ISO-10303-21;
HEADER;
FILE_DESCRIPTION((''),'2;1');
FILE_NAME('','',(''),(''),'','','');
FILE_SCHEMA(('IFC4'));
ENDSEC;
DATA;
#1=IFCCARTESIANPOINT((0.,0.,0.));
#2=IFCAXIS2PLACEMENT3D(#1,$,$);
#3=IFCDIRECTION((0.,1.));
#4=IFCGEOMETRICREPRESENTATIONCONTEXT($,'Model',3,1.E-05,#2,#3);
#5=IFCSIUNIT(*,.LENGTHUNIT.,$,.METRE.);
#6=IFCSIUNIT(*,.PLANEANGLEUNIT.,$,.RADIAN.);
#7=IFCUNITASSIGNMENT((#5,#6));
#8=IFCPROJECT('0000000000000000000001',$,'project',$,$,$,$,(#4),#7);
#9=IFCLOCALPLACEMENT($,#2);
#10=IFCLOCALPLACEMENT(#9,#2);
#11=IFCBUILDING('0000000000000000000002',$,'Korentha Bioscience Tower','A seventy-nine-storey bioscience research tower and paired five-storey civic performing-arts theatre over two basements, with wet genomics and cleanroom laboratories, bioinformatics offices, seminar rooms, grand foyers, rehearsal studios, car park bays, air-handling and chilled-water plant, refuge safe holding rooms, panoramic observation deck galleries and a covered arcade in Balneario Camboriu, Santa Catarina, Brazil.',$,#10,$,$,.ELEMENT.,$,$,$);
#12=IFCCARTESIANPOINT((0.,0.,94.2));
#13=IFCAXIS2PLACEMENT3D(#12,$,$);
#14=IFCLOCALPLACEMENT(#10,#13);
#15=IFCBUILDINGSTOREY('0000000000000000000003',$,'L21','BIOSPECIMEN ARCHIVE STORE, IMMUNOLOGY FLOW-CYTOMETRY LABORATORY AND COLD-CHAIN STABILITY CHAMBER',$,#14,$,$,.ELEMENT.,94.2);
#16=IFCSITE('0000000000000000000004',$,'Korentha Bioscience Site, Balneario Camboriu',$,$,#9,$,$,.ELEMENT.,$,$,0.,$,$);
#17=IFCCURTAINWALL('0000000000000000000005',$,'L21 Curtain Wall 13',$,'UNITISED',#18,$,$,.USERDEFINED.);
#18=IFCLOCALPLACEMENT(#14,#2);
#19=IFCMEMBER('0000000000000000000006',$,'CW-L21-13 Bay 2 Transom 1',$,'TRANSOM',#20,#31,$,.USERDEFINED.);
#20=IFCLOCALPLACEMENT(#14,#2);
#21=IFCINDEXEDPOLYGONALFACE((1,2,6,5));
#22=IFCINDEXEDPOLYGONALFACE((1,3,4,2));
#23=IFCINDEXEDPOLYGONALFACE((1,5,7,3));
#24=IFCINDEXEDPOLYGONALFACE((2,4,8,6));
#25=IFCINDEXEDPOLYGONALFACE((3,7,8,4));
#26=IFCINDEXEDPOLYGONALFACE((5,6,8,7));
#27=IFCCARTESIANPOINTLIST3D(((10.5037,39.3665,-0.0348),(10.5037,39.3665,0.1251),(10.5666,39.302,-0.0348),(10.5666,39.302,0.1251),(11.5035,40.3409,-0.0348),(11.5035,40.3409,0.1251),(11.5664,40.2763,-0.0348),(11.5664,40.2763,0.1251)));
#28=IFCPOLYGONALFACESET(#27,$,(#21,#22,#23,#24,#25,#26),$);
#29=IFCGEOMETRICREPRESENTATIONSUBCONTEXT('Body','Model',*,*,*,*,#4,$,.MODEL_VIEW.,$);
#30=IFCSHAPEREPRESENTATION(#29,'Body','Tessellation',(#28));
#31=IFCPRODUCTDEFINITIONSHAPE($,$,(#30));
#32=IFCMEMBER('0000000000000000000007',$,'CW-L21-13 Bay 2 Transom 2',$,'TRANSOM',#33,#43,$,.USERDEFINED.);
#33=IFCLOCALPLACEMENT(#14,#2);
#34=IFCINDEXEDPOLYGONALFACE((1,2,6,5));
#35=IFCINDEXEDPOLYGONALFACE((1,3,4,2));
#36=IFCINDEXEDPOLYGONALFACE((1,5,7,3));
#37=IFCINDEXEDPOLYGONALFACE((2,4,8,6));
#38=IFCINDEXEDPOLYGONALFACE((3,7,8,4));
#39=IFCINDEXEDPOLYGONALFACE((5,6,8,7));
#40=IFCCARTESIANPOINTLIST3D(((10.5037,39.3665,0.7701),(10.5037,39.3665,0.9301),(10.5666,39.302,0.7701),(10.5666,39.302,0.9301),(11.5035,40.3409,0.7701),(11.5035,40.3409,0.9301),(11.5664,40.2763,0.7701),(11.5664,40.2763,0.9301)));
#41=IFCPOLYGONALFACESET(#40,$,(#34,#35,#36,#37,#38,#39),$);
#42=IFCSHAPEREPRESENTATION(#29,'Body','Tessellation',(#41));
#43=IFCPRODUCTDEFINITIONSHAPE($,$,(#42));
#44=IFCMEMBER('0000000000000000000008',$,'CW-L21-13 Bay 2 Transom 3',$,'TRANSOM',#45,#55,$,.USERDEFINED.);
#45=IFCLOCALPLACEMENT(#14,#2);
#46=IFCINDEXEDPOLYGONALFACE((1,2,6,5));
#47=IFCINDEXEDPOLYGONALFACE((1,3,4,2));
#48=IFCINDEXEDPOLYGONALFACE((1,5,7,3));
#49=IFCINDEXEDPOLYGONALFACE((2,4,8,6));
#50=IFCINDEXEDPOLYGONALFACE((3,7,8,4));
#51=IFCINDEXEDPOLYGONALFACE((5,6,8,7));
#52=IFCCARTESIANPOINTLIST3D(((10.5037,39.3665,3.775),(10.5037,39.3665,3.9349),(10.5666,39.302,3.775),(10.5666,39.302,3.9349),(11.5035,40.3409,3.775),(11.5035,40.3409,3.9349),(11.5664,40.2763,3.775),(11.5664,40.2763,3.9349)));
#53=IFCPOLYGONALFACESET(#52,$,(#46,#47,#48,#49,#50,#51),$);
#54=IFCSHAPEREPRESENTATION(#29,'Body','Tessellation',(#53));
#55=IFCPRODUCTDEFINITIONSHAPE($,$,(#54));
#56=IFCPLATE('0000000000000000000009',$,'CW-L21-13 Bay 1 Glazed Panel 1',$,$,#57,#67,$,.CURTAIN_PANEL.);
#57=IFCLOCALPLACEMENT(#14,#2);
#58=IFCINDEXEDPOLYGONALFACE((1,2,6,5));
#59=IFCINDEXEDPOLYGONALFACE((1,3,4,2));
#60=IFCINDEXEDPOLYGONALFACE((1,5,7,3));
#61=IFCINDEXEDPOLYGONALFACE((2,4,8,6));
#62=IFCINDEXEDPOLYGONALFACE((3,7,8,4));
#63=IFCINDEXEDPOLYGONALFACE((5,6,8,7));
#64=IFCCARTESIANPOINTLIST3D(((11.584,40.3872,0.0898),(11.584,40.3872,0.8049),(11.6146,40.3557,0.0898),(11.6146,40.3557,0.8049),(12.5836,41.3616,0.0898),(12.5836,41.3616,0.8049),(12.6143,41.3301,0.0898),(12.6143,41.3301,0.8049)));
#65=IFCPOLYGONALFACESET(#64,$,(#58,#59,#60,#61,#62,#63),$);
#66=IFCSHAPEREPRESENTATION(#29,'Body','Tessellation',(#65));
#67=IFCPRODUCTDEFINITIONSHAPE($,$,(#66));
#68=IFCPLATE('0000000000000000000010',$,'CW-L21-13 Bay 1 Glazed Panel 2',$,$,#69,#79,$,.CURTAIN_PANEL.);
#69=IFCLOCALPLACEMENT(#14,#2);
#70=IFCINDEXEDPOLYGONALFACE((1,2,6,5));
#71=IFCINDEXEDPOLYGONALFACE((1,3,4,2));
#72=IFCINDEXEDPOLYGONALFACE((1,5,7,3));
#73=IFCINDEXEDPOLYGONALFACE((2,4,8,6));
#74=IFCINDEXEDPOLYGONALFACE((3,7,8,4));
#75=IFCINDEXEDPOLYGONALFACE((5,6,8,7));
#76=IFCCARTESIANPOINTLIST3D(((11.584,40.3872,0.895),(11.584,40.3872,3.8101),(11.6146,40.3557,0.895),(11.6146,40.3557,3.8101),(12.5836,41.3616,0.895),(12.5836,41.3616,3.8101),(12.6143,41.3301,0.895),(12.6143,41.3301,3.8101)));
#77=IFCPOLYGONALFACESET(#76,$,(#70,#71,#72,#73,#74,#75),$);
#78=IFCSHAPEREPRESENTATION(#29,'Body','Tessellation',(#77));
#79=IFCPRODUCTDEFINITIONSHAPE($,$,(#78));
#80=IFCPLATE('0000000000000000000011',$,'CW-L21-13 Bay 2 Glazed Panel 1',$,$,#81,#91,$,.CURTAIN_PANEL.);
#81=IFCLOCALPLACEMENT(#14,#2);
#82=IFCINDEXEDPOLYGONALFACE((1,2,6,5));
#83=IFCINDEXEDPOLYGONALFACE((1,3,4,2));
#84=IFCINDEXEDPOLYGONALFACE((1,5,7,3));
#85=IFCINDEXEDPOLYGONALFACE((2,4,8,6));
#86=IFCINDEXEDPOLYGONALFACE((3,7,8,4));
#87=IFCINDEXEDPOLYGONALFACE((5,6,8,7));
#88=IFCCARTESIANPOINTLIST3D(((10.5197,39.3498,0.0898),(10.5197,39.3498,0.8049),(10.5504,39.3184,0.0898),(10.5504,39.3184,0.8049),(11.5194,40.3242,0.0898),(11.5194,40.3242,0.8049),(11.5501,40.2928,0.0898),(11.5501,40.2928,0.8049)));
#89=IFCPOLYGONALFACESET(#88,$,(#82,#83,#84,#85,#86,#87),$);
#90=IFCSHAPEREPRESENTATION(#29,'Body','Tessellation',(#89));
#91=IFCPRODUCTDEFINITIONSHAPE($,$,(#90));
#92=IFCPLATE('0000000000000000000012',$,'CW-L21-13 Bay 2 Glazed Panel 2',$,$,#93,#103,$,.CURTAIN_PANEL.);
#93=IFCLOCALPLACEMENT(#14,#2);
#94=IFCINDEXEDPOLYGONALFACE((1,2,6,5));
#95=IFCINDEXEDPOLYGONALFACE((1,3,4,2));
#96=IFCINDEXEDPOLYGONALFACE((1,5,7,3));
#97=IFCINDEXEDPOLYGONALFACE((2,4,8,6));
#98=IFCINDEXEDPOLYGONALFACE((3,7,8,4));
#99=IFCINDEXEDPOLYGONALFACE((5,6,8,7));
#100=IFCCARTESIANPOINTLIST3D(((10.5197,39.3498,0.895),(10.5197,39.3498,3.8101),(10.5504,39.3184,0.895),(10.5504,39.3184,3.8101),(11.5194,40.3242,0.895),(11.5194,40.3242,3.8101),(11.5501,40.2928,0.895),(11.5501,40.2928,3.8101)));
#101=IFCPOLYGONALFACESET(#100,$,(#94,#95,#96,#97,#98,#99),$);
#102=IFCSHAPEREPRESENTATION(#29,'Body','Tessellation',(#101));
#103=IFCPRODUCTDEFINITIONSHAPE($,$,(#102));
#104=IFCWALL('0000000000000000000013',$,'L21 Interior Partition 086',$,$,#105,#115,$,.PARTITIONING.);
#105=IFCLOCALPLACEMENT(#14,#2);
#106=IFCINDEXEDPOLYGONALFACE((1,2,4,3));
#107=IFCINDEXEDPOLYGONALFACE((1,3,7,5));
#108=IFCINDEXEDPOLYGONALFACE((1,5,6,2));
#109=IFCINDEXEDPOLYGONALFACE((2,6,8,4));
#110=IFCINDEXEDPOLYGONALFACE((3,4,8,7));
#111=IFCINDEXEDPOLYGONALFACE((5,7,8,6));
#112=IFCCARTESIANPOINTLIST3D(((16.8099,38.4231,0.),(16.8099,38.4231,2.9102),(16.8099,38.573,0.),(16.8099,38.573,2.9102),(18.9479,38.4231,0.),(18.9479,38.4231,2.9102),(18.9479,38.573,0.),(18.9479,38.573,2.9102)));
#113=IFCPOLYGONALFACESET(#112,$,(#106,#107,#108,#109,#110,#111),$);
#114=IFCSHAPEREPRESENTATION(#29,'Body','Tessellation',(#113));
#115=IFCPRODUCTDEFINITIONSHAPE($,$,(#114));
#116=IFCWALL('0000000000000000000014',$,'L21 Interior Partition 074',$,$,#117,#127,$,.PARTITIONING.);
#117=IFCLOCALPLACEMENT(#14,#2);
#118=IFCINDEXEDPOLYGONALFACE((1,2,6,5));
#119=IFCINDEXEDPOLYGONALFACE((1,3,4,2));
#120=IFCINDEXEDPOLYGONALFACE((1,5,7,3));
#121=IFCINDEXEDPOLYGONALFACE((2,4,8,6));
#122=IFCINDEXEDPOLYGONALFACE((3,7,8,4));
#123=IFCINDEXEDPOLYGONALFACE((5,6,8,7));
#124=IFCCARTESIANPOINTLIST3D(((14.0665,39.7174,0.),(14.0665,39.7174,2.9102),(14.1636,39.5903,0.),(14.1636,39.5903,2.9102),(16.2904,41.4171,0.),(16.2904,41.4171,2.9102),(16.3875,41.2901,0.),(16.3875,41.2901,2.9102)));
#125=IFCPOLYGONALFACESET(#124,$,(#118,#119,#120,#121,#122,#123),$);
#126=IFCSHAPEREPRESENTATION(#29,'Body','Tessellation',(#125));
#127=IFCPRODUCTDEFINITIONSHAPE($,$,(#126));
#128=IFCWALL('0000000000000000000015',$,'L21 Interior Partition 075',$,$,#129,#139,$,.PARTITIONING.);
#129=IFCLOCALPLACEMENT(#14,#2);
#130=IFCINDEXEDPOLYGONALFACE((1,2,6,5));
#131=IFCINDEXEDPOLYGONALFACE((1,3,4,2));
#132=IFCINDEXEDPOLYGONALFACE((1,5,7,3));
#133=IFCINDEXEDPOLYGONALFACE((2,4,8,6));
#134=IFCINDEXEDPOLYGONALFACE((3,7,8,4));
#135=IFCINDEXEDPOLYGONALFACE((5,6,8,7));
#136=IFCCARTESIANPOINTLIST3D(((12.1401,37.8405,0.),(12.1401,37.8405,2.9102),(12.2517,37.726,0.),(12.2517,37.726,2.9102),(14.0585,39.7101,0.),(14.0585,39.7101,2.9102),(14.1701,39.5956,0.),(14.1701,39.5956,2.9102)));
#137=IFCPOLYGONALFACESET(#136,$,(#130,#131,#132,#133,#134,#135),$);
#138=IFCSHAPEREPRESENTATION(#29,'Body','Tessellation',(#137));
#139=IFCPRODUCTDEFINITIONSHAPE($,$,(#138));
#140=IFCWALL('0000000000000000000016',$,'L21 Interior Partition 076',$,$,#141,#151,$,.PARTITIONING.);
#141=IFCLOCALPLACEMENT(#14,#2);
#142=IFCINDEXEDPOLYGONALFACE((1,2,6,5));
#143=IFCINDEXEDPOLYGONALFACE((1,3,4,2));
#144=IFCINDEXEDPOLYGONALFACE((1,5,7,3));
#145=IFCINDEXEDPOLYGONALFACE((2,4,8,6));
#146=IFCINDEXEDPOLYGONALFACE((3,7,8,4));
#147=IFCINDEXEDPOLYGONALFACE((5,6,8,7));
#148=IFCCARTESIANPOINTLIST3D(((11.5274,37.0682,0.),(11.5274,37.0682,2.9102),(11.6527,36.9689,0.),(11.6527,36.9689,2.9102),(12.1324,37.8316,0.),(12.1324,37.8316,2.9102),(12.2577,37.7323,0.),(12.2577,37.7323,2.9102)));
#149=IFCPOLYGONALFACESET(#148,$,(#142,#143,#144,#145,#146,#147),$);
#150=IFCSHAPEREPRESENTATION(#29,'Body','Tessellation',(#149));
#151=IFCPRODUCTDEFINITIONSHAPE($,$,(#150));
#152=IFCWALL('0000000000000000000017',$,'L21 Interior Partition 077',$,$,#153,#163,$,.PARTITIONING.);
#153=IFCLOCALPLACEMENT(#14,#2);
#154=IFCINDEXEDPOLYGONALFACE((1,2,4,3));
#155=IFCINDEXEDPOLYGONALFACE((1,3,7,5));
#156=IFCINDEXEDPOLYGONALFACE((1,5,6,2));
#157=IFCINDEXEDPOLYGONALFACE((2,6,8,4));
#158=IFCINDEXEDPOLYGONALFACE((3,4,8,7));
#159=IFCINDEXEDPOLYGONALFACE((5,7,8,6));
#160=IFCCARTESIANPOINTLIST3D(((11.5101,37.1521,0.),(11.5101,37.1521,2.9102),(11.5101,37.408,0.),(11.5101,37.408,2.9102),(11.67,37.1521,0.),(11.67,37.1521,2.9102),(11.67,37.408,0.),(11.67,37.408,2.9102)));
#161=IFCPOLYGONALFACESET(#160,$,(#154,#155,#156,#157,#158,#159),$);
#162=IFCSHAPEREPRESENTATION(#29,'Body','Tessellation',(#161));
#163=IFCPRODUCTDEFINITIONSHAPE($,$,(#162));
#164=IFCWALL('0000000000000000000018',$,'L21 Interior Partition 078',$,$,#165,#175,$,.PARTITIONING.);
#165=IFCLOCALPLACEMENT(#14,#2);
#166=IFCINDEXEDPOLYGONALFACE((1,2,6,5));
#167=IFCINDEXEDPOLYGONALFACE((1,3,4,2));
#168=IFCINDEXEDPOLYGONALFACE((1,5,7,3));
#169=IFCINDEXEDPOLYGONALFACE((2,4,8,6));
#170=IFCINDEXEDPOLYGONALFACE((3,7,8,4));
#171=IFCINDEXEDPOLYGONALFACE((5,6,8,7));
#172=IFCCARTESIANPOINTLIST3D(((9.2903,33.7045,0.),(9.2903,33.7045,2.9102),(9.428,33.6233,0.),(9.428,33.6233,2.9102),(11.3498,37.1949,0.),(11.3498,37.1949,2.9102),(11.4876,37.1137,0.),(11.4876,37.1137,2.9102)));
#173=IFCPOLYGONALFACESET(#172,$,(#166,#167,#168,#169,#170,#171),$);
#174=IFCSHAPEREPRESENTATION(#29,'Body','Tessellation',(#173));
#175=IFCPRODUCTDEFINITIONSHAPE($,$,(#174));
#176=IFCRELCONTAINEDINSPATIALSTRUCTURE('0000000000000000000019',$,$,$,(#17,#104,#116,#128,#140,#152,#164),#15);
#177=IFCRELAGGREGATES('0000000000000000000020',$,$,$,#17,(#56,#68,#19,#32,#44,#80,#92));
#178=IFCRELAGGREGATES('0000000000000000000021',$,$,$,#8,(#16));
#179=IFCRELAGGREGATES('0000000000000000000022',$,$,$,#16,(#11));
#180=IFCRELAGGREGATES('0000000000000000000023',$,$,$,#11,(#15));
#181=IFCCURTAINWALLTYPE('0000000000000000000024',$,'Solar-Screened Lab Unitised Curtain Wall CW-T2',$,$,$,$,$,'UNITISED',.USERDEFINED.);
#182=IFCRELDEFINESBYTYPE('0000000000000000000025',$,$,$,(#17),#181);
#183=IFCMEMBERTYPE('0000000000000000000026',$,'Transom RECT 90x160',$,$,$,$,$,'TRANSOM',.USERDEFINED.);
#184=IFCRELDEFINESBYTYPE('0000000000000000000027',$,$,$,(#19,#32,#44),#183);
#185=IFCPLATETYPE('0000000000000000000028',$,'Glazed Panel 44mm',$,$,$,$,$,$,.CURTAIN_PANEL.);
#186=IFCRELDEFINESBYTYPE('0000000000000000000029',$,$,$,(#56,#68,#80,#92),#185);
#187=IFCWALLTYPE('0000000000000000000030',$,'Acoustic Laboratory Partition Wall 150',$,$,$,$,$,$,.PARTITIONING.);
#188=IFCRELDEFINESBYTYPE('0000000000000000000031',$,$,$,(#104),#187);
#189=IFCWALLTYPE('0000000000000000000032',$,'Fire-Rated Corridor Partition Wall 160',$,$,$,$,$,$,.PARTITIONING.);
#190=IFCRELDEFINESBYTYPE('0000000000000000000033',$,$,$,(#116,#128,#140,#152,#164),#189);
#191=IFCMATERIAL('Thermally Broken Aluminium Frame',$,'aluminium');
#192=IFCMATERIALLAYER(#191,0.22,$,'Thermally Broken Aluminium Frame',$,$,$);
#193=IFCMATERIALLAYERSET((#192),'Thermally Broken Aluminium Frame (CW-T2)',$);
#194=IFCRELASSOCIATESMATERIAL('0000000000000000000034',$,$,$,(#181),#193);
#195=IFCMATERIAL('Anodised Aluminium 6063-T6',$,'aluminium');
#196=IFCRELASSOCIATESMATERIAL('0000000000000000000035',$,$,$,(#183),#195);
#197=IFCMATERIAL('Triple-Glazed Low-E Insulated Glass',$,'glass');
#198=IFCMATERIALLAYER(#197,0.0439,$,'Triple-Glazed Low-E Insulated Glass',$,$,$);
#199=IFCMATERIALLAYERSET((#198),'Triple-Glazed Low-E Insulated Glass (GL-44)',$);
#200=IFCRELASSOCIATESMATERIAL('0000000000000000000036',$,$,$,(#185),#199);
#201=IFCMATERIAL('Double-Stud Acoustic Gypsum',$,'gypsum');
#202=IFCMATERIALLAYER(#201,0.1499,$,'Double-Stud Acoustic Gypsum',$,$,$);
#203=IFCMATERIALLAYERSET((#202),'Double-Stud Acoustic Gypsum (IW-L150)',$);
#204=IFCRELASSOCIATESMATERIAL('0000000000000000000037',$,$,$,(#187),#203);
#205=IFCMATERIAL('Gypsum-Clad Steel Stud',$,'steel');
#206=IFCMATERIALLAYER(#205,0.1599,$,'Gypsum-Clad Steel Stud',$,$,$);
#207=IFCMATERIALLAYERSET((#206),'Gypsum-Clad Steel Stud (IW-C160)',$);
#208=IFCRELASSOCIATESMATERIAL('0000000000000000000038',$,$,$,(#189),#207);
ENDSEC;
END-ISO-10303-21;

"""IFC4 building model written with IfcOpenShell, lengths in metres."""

from ifc_helpers import new_model, si_unit, direction, frame, frame_2d, origin, origin_2d, place, context, subcontext, project, spatial, rectangle, extrude, material, layer, layer_set, material_profile, profile_set, type_object, element, aggregate, save


model = new_model("IFC4")

# Units and contexts
model_context = context("Model", 3, precision=1e-05, world=origin(), true_north=direction((0.0, 1.0)))
body_context = subcontext(model_context, "Body", "Model", "MODEL_VIEW")
ifc_project = project(units=[si_unit("LENGTHUNIT", "METRE"), si_unit("PLANEANGLEUNIT", "RADIAN")], contexts=[model_context])

# Site, building, storey
site_placement = place(None, origin())
site = spatial("IfcSite", under=ifc_project, at=site_placement, Name="Korentha Bioscience Site, Balneario Camboriu", CompositionType="ELEMENT", RefElevation=0.0)
building_placement = place(site_placement, origin())
building = spatial("IfcBuilding", under=site, at=building_placement, Name="Korentha Bioscience Tower", Description="A seventy-nine-storey bioscience research tower and paired five-storey civic performing-arts theatre over two basements, with wet genomics and cleanroom laboratories, bioinformatics offices, seminar rooms, grand foyers, rehearsal studios, car park bays, air-handling and chilled-water plant, refuge safe holding rooms, panoramic observation deck galleries and a covered arcade in Balneario Camboriu, Santa Catarina, Brazil.", CompositionType="ELEMENT")
storey_placement = place(building_placement, frame((0.0, 0.0, 94.2)))
storey = spatial("IfcBuildingStorey", under=building, at=storey_placement, Name="L21", Description="BIOSPECIMEN ARCHIVE STORE, IMMUNOLOGY FLOW-CYTOMETRY LABORATORY AND COLD-CHAIN STABILITY CHAMBER", CompositionType="ELEMENT", Elevation=94.2)

# Curtain wall
ifc_material_1 = material(Name="Thermally Broken Aluminium Frame", Category="aluminium")
ifc_layer_1 = layer(ifc_material_1, 0.22, Name="Thermally Broken Aluminium Frame")
ifc_layer_set_1 = layer_set([ifc_layer_1], Name="Thermally Broken Aluminium Frame (CW-T2)")
curtain_wall_type = type_object("IfcCurtainWallType", Name="Solar-Screened Lab Unitised Curtain Wall CW-T2", ElementType="UNITISED", PredefinedType="USERDEFINED", material=ifc_layer_set_1)
curtain_wall_placement = place(storey_placement, origin())
curtain_wall = element("IfcCurtainWall", 1, at=curtain_wall_placement, inside=storey, type_object=curtain_wall_type, Name="L21 Curtain Wall 13", ObjectType="UNITISED", PredefinedType="USERDEFINED")
ifc_material_2 = material(Name="Anodised Aluminium 6063-T6", Category="aluminium")

# Members
ifc_material_profile_1 = material_profile(ifc_material_2, rectangle(XDim=0.0901, YDim=0.1599, at=origin_2d()), Name="Anodised Aluminium 6063-T6")
ifc_profile_set_1 = profile_set([ifc_material_profile_1], Name="Anodised Aluminium 6063-T6 (CW-TRN)")
member_type_1 = type_object("IfcMemberType", Name="Transom RECT 90x160", ElementType="TRANSOM", PredefinedType="USERDEFINED", material=ifc_profile_set_1)
member_1_placement = place(storey_placement, frame((11.5349, 40.3086, 0.0452), z_axis=(-0.716142, -0.697954, 0.0), x_axis=(0.697954, -0.716142, 0.0)))
member_1 = element("IfcMember", 2, at=member_1_placement, type_object=member_type_1, Name="CW-L21-13 Bay 2 Transom 1", ObjectType="TRANSOM", PredefinedType="USERDEFINED", context=body_context, shape_type="SweptSolid", body=[
    extrude(rectangle(XDim=0.0901, YDim=0.1599, at=origin_2d()), origin(), (0.0, 0.0, 1.0), 1.396),
])
member_2_placement = place(storey_placement, frame((11.5349, 40.3086, 0.8501), z_axis=(-0.716142, -0.697954, 0.0), x_axis=(0.697954, -0.716142, 0.0)))
member_2 = element("IfcMember", 3, at=member_2_placement, type_object=member_type_1, Name="CW-L21-13 Bay 2 Transom 2", ObjectType="TRANSOM", PredefinedType="USERDEFINED", context=body_context, shape_type="SweptSolid", body=[
    extrude(rectangle(XDim=0.0901, YDim=0.1599, at=origin_2d()), origin(), (0.0, 0.0, 1.0), 1.396),
])
member_3_placement = place(storey_placement, frame((11.5349, 40.3086, 3.855), z_axis=(-0.716142, -0.697954, 0.0), x_axis=(0.697954, -0.716142, 0.0)))
member_3 = element("IfcMember", 4, at=member_3_placement, type_object=member_type_1, Name="CW-L21-13 Bay 2 Transom 3", ObjectType="TRANSOM", PredefinedType="USERDEFINED", context=body_context, shape_type="SweptSolid", body=[
    extrude(rectangle(XDim=0.0901, YDim=0.1599, at=origin_2d()), origin(), (0.0, 0.0, 1.0), 1.396),
])

# Plates
ifc_material_3 = material(Name="Triple-Glazed Low-E Insulated Glass", Category="glass")
ifc_layer_2 = layer(ifc_material_3, 0.0439, Name="Triple-Glazed Low-E Insulated Glass")
ifc_layer_set_2 = layer_set([ifc_layer_2], Name="Triple-Glazed Low-E Insulated Glass (GL-44)")
plate_type = type_object("IfcPlateType", Name="Glazed Panel 44mm", PredefinedType="CURTAIN_PANEL", material=ifc_layer_set_2)
plate_1_placement = place(storey_placement, frame((12.0991, 40.8586, 0.0898), z_axis=(0.0, 0.0, 1.0), x_axis=(-0.716096, -0.698002, 0.0)))
plate_1 = element("IfcPlate", 5, at=plate_1_placement, type_object=plate_type, Name="CW-L21-13 Bay 1 Glazed Panel 1", PredefinedType="CURTAIN_PANEL", context=body_context, shape_type="SweptSolid", body=[
    extrude(rectangle(XDim=1.396, YDim=0.0439, at=origin_2d()), origin(), (0.0, 0.0, 1.0), 0.7151),
])
plate_2_placement = place(storey_placement, frame((12.0991, 40.8586, 0.895), z_axis=(0.0, 0.0, 1.0), x_axis=(-0.716096, -0.698002, 0.0)))
plate_2 = element("IfcPlate", 6, at=plate_2_placement, type_object=plate_type, Name="CW-L21-13 Bay 1 Glazed Panel 2", PredefinedType="CURTAIN_PANEL", context=body_context, shape_type="SweptSolid", body=[
    extrude(rectangle(XDim=1.396, YDim=0.0439, at=origin_2d()), origin(), (0.0, 0.0, 1.0), 2.915),
])
plate_3_placement = place(storey_placement, frame((11.0349, 39.8213, 0.0898), z_axis=(0.0, 0.0, 1.0), x_axis=(-0.716096, -0.698002, 0.0)))
plate_3 = element("IfcPlate", 7, at=plate_3_placement, type_object=plate_type, Name="CW-L21-13 Bay 2 Glazed Panel 1", PredefinedType="CURTAIN_PANEL", context=body_context, shape_type="SweptSolid", body=[
    extrude(rectangle(XDim=1.396, YDim=0.0439, at=origin_2d()), origin(), (0.0, 0.0, 1.0), 0.7151),
])
plate_4_placement = place(storey_placement, frame((11.0349, 39.8213, 0.895), z_axis=(0.0, 0.0, 1.0), x_axis=(-0.716096, -0.698002, 0.0)))
plate_4 = element("IfcPlate", 8, at=plate_4_placement, type_object=plate_type, Name="CW-L21-13 Bay 2 Glazed Panel 2", PredefinedType="CURTAIN_PANEL", context=body_context, shape_type="SweptSolid", body=[
    extrude(rectangle(XDim=1.396, YDim=0.0439, at=origin_2d()), origin(), (0.0, 0.0, 1.0), 2.915),
])
aggregate(curtain_wall, [plate_1, plate_2, member_1, member_2, member_3, plate_3, plate_4])

# Walls
ifc_material_4 = material(Name="Double-Stud Acoustic Gypsum", Category="gypsum")
ifc_layer_3 = layer(ifc_material_4, 0.1499, Name="Double-Stud Acoustic Gypsum")
ifc_layer_set_3 = layer_set([ifc_layer_3], Name="Double-Stud Acoustic Gypsum (IW-L150)")
wall_type_1 = type_object("IfcWallType", Name="Acoustic Laboratory Partition Wall 150", PredefinedType="PARTITIONING", material=ifc_layer_set_3)
wall_1_placement = place(storey_placement, frame((16.8101, 38.498, 0.0), z_axis=(0.0, 0.0, 1.0), x_axis=(1.0, 0.0, 0.0)))
element("IfcWall", 9, at=wall_1_placement, inside=storey, type_object=wall_type_1, Name="L21 Interior Partition 086", PredefinedType="PARTITIONING", context=body_context, shape_type="SweptSolid", body=[
    extrude(rectangle(XDim=2.1379, YDim=0.1499, at=frame_2d((1.0688, 0.0))), origin(), (0.0, 0.0, 1.0), 2.9102),
])
ifc_material_5 = material(Name="Gypsum-Clad Steel Stud", Category="steel")
ifc_layer_4 = layer(ifc_material_5, 0.1599, Name="Gypsum-Clad Steel Stud")
ifc_layer_set_4 = layer_set([ifc_layer_4], Name="Gypsum-Clad Steel Stud (IW-C160)")
wall_type_2 = type_object("IfcWallType", Name="Fire-Rated Corridor Partition Wall 160", PredefinedType="PARTITIONING", material=ifc_layer_set_4)
wall_2_placement = place(storey_placement, frame((16.3389, 41.3535, 0.0), z_axis=(0.0, 0.0, 1.0), x_axis=(-0.794514, -0.607246, 0.0)))
element("IfcWall", 10, at=wall_2_placement, inside=storey, type_object=wall_type_2, Name="L21 Interior Partition 074", PredefinedType="PARTITIONING", context=body_context, shape_type="SweptSolid", body=[
    extrude(rectangle(XDim=2.7991, YDim=0.1599, at=frame_2d((1.3994, 0.0))), origin(), (0.0, 0.0, 1.0), 2.9102),
])
wall_3_placement = place(storey_placement, frame((14.1143, 39.6528, 0.0), z_axis=(0.0, 0.0, 1.0), x_axis=(-0.716162, -0.697934, 0.0)))
element("IfcWall", 11, at=wall_3_placement, inside=storey, type_object=wall_type_2, Name="L21 Interior Partition 075", PredefinedType="PARTITIONING", context=body_context, shape_type="SweptSolid", body=[
    extrude(rectangle(XDim=2.6787, YDim=0.1599, at=frame_2d((1.3394, 0.0))), origin(), (0.0, 0.0, 1.0), 2.9102),
])
wall_4_placement = place(storey_placement, frame((12.1951, 37.782, 0.0), z_axis=(0.0, 0.0, 1.0), x_axis=(-0.621082, -0.783746, 0.0)))
element("IfcWall", 12, at=wall_4_placement, inside=storey, type_object=wall_type_2, Name="L21 Interior Partition 076", PredefinedType="PARTITIONING", context=body_context, shape_type="SweptSolid", body=[
    extrude(rectangle(XDim=0.9741, YDim=0.1599, at=frame_2d((0.4871, 0.0))), origin(), (0.0, 0.0, 1.0), 2.9102),
])
wall_5_placement = place(storey_placement, frame((11.5901, 37.1521, 0.0), z_axis=(0.0, 0.0, 1.0), x_axis=(0.0, 1.0, 0.0)))
element("IfcWall", 13, at=wall_5_placement, inside=storey, type_object=wall_type_2, Name="L21 Interior Partition 077", PredefinedType="PARTITIONING", context=body_context, shape_type="SweptSolid", body=[
    extrude(rectangle(XDim=0.2559, YDim=0.1599, at=frame_2d((0.1279, 0.0))), origin(), (0.0, 0.0, 1.0), 2.9102),
])
wall_6_placement = place(storey_placement, frame((11.4187, 37.1543, 0.0), z_axis=(0.0, 0.0, 1.0), x_axis=(-0.508183, -0.861249, 0.0)))
element("IfcWall", 14, at=wall_6_placement, inside=storey, type_object=wall_type_2, Name="L21 Interior Partition 078", PredefinedType="PARTITIONING", context=body_context, shape_type="SweptSolid", body=[
    extrude(rectangle(XDim=4.0527, YDim=0.1599, at=frame_2d((2.0264, 0.0))), origin(), (0.0, 0.0, 1.0), 2.9102),
])

save(model, "model.ifc")
